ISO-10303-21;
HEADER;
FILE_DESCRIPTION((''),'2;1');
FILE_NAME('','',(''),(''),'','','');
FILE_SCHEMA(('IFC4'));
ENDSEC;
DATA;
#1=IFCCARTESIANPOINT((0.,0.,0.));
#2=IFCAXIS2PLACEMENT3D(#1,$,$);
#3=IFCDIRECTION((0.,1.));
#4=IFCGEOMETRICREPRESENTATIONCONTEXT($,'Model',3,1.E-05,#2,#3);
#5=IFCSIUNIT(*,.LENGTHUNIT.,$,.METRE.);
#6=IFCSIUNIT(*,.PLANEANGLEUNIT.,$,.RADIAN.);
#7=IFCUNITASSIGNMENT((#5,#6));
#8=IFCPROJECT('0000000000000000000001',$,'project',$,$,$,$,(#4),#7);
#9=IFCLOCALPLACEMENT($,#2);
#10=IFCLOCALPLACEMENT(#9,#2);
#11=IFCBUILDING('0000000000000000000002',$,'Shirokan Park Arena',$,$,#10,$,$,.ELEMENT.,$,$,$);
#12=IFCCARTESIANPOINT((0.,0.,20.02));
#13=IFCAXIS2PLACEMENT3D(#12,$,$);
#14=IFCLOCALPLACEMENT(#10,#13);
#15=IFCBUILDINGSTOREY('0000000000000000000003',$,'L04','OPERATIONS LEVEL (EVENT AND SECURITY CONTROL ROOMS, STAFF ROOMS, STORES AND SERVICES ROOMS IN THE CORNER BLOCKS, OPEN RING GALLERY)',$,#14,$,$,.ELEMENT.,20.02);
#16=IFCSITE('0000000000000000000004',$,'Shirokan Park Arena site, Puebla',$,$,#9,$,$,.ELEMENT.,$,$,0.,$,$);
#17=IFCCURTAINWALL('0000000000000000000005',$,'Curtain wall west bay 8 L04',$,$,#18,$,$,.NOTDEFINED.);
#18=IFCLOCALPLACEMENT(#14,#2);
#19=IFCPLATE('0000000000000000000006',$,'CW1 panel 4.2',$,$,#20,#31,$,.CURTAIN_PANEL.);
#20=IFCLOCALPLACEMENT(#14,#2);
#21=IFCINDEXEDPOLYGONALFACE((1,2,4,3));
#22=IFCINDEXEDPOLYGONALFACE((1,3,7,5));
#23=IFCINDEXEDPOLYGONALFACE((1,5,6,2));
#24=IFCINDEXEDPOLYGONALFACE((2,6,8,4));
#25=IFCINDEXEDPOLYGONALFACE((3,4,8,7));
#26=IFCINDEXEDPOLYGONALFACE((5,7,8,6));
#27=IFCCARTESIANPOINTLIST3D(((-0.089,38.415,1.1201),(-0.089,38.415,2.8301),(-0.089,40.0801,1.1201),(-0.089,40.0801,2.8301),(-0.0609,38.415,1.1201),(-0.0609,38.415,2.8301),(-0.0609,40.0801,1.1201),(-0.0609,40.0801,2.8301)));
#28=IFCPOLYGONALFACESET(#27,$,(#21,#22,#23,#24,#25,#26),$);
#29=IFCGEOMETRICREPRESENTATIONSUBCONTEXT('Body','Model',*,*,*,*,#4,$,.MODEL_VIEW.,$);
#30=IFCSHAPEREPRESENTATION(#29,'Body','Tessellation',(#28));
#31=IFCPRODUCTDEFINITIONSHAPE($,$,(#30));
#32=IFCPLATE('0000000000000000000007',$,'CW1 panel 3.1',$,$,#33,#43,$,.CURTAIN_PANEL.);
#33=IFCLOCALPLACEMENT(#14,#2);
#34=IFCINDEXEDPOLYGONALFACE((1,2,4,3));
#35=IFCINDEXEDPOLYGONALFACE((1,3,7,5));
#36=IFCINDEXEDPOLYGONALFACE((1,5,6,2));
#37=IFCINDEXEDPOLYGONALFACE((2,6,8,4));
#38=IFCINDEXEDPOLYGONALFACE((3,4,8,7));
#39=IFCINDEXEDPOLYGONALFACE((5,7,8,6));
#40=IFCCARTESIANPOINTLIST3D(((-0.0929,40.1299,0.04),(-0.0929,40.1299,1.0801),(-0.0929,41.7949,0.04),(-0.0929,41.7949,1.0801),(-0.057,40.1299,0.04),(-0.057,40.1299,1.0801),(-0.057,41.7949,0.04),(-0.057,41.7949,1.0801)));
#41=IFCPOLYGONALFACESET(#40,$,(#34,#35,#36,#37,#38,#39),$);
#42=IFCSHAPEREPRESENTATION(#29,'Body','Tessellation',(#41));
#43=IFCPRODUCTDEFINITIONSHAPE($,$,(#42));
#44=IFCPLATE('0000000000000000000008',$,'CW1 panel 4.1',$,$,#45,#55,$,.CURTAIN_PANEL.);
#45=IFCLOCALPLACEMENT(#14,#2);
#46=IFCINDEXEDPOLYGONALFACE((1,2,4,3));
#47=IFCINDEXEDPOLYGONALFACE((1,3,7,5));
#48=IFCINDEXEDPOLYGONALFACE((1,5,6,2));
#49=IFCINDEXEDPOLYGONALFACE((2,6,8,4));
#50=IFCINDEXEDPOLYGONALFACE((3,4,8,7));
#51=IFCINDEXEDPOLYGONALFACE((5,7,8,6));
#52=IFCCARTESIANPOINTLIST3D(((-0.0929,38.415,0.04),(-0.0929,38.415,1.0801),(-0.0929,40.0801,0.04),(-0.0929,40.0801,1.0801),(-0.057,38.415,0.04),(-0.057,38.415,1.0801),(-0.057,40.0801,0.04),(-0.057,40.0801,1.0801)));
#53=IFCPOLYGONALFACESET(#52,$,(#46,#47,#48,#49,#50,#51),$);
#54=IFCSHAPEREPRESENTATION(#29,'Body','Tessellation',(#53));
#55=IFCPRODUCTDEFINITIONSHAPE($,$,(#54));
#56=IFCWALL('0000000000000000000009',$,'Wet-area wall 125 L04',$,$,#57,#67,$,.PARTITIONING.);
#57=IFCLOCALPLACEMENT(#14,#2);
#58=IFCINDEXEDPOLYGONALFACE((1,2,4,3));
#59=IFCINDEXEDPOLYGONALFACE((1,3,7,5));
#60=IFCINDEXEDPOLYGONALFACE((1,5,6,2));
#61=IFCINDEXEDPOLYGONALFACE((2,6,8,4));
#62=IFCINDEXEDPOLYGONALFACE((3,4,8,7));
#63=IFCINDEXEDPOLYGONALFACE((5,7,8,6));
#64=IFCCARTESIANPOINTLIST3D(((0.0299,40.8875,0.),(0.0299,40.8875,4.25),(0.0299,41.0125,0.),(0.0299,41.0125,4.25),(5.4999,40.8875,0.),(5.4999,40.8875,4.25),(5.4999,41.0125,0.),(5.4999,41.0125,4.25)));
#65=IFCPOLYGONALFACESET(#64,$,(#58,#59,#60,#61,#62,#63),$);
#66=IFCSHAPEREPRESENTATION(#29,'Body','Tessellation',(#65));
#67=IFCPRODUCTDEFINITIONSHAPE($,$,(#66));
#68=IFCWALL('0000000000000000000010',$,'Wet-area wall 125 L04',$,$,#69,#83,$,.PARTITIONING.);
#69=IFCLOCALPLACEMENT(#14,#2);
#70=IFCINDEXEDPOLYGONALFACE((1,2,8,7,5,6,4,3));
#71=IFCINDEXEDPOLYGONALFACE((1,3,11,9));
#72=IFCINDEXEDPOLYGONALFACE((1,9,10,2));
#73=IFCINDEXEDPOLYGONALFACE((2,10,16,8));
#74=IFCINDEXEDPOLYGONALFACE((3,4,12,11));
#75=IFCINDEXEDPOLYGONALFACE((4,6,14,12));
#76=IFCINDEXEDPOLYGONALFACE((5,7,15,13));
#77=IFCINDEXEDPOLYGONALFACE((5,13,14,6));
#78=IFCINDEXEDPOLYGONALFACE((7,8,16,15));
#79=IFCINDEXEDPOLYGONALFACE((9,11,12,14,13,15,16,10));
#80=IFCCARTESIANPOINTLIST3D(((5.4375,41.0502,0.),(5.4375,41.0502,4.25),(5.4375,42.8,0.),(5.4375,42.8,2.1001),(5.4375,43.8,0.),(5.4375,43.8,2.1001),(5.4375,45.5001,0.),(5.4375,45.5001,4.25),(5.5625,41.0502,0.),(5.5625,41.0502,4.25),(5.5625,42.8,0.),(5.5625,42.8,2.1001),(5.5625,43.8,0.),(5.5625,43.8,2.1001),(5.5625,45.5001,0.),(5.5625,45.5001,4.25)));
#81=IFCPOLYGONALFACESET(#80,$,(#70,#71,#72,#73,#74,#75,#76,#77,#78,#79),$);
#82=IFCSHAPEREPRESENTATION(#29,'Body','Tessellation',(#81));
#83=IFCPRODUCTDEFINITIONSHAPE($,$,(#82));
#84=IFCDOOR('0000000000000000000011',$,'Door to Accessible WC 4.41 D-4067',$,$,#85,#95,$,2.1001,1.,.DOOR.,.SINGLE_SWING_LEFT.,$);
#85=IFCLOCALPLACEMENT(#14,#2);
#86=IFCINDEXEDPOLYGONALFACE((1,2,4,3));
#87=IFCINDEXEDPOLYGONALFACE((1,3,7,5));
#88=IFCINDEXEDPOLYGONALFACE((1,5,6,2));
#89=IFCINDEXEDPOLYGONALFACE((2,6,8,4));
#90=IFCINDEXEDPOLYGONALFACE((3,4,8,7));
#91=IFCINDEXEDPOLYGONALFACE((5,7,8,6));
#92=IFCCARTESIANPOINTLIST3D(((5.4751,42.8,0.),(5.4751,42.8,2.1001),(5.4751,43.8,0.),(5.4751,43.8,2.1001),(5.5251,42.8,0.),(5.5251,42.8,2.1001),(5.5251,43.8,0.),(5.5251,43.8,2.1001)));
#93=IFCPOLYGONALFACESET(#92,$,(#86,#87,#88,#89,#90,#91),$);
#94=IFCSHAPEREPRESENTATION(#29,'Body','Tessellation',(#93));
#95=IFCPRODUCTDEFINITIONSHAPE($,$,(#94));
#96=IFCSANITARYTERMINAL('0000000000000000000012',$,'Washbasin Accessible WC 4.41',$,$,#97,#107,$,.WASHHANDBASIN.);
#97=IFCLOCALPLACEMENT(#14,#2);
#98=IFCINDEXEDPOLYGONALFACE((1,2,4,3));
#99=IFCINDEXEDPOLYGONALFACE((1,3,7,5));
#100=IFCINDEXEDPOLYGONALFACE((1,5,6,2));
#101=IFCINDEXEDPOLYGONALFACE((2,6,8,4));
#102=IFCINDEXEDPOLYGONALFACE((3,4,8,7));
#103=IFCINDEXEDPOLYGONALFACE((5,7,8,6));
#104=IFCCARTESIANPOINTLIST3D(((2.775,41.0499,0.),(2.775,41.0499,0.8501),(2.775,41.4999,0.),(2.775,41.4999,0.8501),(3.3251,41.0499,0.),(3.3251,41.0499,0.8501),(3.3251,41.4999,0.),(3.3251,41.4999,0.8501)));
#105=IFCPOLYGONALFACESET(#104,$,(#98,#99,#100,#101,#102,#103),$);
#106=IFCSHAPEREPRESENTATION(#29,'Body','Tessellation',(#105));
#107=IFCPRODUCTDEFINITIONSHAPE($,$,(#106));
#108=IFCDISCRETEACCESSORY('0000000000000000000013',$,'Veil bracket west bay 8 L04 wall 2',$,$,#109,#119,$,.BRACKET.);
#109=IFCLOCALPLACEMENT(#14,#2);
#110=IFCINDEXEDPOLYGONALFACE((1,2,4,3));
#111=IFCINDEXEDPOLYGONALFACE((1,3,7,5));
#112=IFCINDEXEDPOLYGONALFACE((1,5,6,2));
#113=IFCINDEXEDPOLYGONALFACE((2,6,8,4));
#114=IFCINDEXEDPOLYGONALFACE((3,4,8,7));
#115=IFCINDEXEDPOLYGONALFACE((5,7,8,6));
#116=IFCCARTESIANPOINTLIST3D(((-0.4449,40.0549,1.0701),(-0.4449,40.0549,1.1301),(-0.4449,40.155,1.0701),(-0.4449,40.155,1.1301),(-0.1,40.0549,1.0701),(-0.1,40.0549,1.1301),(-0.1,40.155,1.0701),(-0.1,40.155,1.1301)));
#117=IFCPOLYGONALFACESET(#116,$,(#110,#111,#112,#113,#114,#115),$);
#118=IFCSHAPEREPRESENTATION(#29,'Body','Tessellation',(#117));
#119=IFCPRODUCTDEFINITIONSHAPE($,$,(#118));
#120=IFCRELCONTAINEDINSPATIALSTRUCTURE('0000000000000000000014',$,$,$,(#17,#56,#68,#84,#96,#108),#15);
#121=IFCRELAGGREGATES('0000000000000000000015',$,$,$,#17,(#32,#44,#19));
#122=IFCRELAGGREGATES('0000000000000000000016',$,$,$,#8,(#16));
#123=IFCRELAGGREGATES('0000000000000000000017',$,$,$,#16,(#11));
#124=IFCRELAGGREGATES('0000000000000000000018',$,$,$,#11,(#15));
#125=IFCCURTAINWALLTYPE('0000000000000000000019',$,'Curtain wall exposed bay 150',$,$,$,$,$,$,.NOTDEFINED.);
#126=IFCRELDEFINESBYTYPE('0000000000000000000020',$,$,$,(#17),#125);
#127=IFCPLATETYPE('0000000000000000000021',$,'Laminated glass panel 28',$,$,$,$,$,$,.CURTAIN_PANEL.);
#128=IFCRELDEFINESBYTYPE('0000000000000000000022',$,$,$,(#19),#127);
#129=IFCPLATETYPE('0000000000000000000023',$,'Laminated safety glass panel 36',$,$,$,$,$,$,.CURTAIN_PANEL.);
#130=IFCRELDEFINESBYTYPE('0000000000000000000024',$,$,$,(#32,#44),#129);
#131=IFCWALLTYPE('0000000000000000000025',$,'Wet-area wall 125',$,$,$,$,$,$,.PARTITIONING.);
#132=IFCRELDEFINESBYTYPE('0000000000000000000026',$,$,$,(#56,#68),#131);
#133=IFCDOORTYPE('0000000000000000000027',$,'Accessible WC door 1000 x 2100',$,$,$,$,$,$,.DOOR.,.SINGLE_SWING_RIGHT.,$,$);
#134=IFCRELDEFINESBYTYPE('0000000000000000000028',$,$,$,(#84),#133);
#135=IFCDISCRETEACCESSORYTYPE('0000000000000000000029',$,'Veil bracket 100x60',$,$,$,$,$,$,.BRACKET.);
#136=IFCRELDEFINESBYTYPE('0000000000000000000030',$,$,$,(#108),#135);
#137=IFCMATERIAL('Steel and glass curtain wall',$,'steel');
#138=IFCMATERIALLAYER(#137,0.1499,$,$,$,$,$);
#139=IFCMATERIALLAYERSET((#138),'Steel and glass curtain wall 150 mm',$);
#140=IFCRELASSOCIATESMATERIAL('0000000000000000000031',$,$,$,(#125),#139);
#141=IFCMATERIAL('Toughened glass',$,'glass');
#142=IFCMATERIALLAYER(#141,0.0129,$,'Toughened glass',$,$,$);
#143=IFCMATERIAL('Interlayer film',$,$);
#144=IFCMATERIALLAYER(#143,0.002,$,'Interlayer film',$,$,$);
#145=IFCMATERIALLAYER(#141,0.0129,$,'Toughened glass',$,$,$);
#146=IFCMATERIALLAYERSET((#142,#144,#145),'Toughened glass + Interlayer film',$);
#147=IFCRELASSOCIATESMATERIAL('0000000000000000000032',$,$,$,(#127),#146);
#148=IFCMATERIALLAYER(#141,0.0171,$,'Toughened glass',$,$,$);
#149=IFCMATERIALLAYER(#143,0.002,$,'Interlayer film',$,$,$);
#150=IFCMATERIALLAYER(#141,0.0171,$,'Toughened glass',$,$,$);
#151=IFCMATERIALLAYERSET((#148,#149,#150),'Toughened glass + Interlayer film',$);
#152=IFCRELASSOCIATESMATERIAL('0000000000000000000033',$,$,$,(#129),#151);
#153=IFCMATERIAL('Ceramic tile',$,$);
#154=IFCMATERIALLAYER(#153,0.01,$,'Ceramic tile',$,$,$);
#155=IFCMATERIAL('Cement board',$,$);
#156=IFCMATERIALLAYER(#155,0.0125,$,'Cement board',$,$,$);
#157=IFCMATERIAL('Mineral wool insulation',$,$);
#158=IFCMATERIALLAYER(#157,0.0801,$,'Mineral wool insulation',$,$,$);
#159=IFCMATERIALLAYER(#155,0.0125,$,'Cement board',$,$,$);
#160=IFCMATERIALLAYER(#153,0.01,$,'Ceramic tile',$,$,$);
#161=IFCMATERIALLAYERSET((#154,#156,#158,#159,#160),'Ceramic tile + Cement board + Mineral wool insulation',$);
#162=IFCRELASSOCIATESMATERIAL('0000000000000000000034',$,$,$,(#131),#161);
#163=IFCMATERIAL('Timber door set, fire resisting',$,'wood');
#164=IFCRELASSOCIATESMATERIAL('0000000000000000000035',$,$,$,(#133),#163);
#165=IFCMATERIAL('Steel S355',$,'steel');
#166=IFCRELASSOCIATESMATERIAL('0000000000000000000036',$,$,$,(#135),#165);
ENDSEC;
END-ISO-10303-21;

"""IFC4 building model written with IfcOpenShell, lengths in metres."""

from ifc_helpers import new_model, si_unit, direction, frame, frame_2d, origin, origin_2d, place, context, subcontext, project, spatial, rectangle, extrude, material, layer, layer_set, type_object, element, fill, aggregate, save


model = new_model("IFC4")

# Units and contexts
model_context = context("Model", 3, precision=1e-05, world=origin(), true_north=direction((0.0, 1.0)))
body_context = subcontext(model_context, "Body", "Model", "MODEL_VIEW")
ifc_project = project(units=[si_unit("LENGTHUNIT", "METRE"), si_unit("PLANEANGLEUNIT", "RADIAN")], contexts=[model_context])

# Site, building, storey
site_placement = place(None, origin())
site = spatial("IfcSite", under=ifc_project, at=site_placement, Name="Shirokan Park Arena site, Puebla", CompositionType="ELEMENT", RefElevation=0.0)
building_placement = place(site_placement, origin())
building = spatial("IfcBuilding", under=site, at=building_placement, Name="Shirokan Park Arena", CompositionType="ELEMENT")
storey_placement = place(building_placement, frame((0.0, 0.0, 20.02)))
storey = spatial("IfcBuildingStorey", under=building, at=storey_placement, Name="L04", Description="OPERATIONS LEVEL (EVENT AND SECURITY CONTROL ROOMS, STAFF ROOMS, STORES AND SERVICES ROOMS IN THE CORNER BLOCKS, OPEN RING GALLERY)", CompositionType="ELEMENT", Elevation=20.02)

# Curtain wall, plates
ifc_material_1 = material(Name="Steel and glass curtain wall", Category="steel")
ifc_layer_1 = layer(ifc_material_1, 0.1499)
ifc_layer_set_1 = layer_set([ifc_layer_1], Name="Steel and glass curtain wall 150 mm")
curtain_wall_type = type_object("IfcCurtainWallType", Name="Curtain wall exposed bay 150", PredefinedType="NOTDEFINED", material=ifc_layer_set_1)
curtain_wall_placement = place(storey_placement, origin())
curtain_wall = element("IfcCurtainWall", 1, at=curtain_wall_placement, inside=storey, type_object=curtain_wall_type, Name="Curtain wall west bay 8 L04", PredefinedType="NOTDEFINED")
ifc_material_2 = material(Name="Steel S355", Category="steel")
ifc_material_3 = material(Name="Mineral wool insulation")
ifc_material_4 = material(Name="Toughened glass", Category="glass")
ifc_layer_2 = layer(ifc_material_4, 0.0129, Name="Toughened glass")
ifc_material_5 = material(Name="Interlayer film")
ifc_layer_3 = layer(ifc_material_5, 0.002, Name="Interlayer film")
ifc_layer_4 = layer(ifc_material_4, 0.0129, Name="Toughened glass")
ifc_layer_set_2 = layer_set([ifc_layer_2, ifc_layer_3, ifc_layer_4], Name="Toughened glass + Interlayer film")
plate_type_1 = type_object("IfcPlateType", Name="Laminated glass panel 28", PredefinedType="CURTAIN_PANEL", material=ifc_layer_set_2)
plate_1_placement = place(storey_placement, frame((-0.075, 39.2476, 1.1201), z_axis=(0.0, 0.0, 1.0), x_axis=(0.0, -1.0, 0.0)))
plate_1 = element("IfcPlate", 2, at=plate_1_placement, type_object=plate_type_1, Name="CW1 panel 4.2", PredefinedType="CURTAIN_PANEL", context=body_context, shape_type="SweptSolid", body=[
    extrude(rectangle(XDim=1.665, YDim=0.0281, at=origin_2d()), origin(), (0.0, 0.0, 1.0), 1.71),
])
ifc_layer_5 = layer(ifc_material_4, 0.0171, Name="Toughened glass")
ifc_layer_6 = layer(ifc_material_5, 0.002, Name="Interlayer film")
ifc_layer_7 = layer(ifc_material_4, 0.0171, Name="Toughened glass")
ifc_layer_set_3 = layer_set([ifc_layer_5, ifc_layer_6, ifc_layer_7], Name="Toughened glass + Interlayer film")
plate_type_2 = type_object("IfcPlateType", Name="Laminated safety glass panel 36", PredefinedType="CURTAIN_PANEL", material=ifc_layer_set_3)
plate_2_placement = place(storey_placement, frame((-0.075, 40.9624, 0.04), z_axis=(0.0, 0.0, 1.0), x_axis=(0.0, -1.0, 0.0)))
plate_2 = element("IfcPlate", 3, at=plate_2_placement, type_object=plate_type_2, Name="CW1 panel 3.1", PredefinedType="CURTAIN_PANEL", context=body_context, shape_type="SweptSolid", body=[
    extrude(rectangle(XDim=1.665, YDim=0.0359, at=origin_2d()), origin(), (0.0, 0.0, 1.0), 1.04),
])
plate_3_placement = place(storey_placement, frame((-0.075, 39.2476, 0.04), z_axis=(0.0, 0.0, 1.0), x_axis=(0.0, -1.0, 0.0)))
plate_3 = element("IfcPlate", 4, at=plate_3_placement, type_object=plate_type_2, Name="CW1 panel 4.1", PredefinedType="CURTAIN_PANEL", context=body_context, shape_type="SweptSolid", body=[
    extrude(rectangle(XDim=1.665, YDim=0.0359, at=origin_2d()), origin(), (0.0, 0.0, 1.0), 1.04),
])
aggregate(curtain_wall, [plate_2, plate_3, plate_1])

# Wall
ifc_material_6 = material(Name="Ceramic tile")
ifc_layer_8 = layer(ifc_material_6, 0.01, Name="Ceramic tile")
ifc_material_7 = material(Name="Cement board")
ifc_layer_9 = layer(ifc_material_7, 0.0125, Name="Cement board")
ifc_layer_10 = layer(ifc_material_3, 0.0801, Name="Mineral wool insulation")
ifc_layer_11 = layer(ifc_material_7, 0.0125, Name="Cement board")
ifc_layer_12 = layer(ifc_material_6, 0.01, Name="Ceramic tile")
ifc_layer_set_4 = layer_set([ifc_layer_8, ifc_layer_9, ifc_layer_10, ifc_layer_11, ifc_layer_12], Name="Ceramic tile + Cement board + Mineral wool insulation")
wall_type_1 = type_object("IfcWallType", Name="Wet-area wall 125", PredefinedType="PARTITIONING", material=ifc_layer_set_4)
wall_1_placement = place(storey_placement, frame((0.03, 40.95, 0.0), z_axis=(0.0, 0.0, 1.0), x_axis=(1.0, 0.0, 0.0)))
element("IfcWall", 5, at=wall_1_placement, inside=storey, type_object=wall_type_1, Name="Wet-area wall 125 L04", PredefinedType="PARTITIONING", context=body_context, shape_type="SweptSolid", body=[
    extrude(rectangle(XDim=5.47, YDim=0.125, at=frame_2d((2.7349, 0.0))), origin(), (0.0, 0.0, 1.0), 4.25),
])

# Wall, opening, door
wall_2_placement = place(storey_placement, frame((5.5, 41.05, 0.0), z_axis=(0.0, 0.0, 1.0), x_axis=(0.0, 1.0, 0.0)))
wall_2 = element("IfcWall", 6, at=wall_2_placement, inside=storey, type_object=wall_type_1, Name="Wet-area wall 125 L04", PredefinedType="PARTITIONING", context=body_context, shape_type="SweptSolid", body=[
    extrude(rectangle(XDim=4.45, YDim=0.125, at=frame_2d((2.2251, 0.0))), origin(), (0.0, 0.0, 1.0), 4.25),
])
opening_1_placement = place(wall_2_placement, frame((1.75, 0.0, 0.0)))
opening_1 = element("IfcOpeningElement", 7, at=opening_1_placement, cuts=wall_2, PredefinedType="OPENING", context=body_context, shape_type="SweptSolid", body=[
    extrude(rectangle(XDim=1.0, YDim=2.1001, at=frame_2d((0.5, 1.05))), frame((0.0, 0.0725, 0.0), z_axis=(0.0, -1.0, 0.0), x_axis=(1.0, 0.0, 0.0)), (0.0, 0.0, 1.0), 0.145),
])
ifc_material_8 = material(Name="Timber door set, fire resisting", Category="wood")
door_type_1 = type_object("IfcDoorType", Name="Accessible WC door 1000 x 2100", OperationType="SINGLE_SWING_RIGHT", PredefinedType="DOOR", material=ifc_material_8)
door_1_placement = place(opening_1_placement, origin())
door_1 = element("IfcDoor", 8, at=door_1_placement, inside=storey, type_object=door_type_1, Name="Door to Accessible WC 4.41 D-4067", OperationType="SINGLE_SWING_LEFT", OverallHeight=2.1001, OverallWidth=1.0, PredefinedType="DOOR", context=body_context, shape_type="SweptSolid", body=[
    extrude(rectangle(XDim=1.0, YDim=2.1001, at=frame_2d((0.5, 1.05))), frame((0.0, 0.0249, 0.0), z_axis=(0.0, -1.0, 0.0), x_axis=(1.0, 0.0, 0.0)), (0.0, 0.0, 1.0), 0.05),
])
fill(opening_1, door_1)

# Sanitary terminal
sanitary_terminal_placement = place(storey_placement, frame((3.05, 41.2749, 0.0), z_axis=(0.0, 0.0, 1.0), x_axis=(1.0, 0.0, 0.0)))
element("IfcSanitaryTerminal", 9, at=sanitary_terminal_placement, inside=storey, Name="Washbasin Accessible WC 4.41", PredefinedType="WASHHANDBASIN", context=body_context, shape_type="SweptSolid", body=[
    extrude(rectangle(XDim=0.55, YDim=0.45, at=origin_2d()), origin(), (0.0, 0.0, 1.0), 0.8501),
])

# Discrete accessory
discrete_accessory_type = type_object("IfcDiscreteAccessoryType", Name="Veil bracket 100x60", PredefinedType="BRACKET", material=ifc_material_2)
discrete_accessory_placement = place(storey_placement, frame((-0.2725, 40.105, 1.0701), z_axis=(0.0, 0.0, 1.0), x_axis=(0.0, -1.0, 0.0)))
element("IfcDiscreteAccessory", 10, at=discrete_accessory_placement, inside=storey, type_object=discrete_accessory_type, Name="Veil bracket west bay 8 L04 wall 2", PredefinedType="BRACKET", context=body_context, shape_type="SweptSolid", body=[
    extrude(rectangle(XDim=0.1001, YDim=0.345, at=origin_2d()), origin(), (0.0, 0.0, 1.0), 0.0601),
])

save(model, "model.ifc")
